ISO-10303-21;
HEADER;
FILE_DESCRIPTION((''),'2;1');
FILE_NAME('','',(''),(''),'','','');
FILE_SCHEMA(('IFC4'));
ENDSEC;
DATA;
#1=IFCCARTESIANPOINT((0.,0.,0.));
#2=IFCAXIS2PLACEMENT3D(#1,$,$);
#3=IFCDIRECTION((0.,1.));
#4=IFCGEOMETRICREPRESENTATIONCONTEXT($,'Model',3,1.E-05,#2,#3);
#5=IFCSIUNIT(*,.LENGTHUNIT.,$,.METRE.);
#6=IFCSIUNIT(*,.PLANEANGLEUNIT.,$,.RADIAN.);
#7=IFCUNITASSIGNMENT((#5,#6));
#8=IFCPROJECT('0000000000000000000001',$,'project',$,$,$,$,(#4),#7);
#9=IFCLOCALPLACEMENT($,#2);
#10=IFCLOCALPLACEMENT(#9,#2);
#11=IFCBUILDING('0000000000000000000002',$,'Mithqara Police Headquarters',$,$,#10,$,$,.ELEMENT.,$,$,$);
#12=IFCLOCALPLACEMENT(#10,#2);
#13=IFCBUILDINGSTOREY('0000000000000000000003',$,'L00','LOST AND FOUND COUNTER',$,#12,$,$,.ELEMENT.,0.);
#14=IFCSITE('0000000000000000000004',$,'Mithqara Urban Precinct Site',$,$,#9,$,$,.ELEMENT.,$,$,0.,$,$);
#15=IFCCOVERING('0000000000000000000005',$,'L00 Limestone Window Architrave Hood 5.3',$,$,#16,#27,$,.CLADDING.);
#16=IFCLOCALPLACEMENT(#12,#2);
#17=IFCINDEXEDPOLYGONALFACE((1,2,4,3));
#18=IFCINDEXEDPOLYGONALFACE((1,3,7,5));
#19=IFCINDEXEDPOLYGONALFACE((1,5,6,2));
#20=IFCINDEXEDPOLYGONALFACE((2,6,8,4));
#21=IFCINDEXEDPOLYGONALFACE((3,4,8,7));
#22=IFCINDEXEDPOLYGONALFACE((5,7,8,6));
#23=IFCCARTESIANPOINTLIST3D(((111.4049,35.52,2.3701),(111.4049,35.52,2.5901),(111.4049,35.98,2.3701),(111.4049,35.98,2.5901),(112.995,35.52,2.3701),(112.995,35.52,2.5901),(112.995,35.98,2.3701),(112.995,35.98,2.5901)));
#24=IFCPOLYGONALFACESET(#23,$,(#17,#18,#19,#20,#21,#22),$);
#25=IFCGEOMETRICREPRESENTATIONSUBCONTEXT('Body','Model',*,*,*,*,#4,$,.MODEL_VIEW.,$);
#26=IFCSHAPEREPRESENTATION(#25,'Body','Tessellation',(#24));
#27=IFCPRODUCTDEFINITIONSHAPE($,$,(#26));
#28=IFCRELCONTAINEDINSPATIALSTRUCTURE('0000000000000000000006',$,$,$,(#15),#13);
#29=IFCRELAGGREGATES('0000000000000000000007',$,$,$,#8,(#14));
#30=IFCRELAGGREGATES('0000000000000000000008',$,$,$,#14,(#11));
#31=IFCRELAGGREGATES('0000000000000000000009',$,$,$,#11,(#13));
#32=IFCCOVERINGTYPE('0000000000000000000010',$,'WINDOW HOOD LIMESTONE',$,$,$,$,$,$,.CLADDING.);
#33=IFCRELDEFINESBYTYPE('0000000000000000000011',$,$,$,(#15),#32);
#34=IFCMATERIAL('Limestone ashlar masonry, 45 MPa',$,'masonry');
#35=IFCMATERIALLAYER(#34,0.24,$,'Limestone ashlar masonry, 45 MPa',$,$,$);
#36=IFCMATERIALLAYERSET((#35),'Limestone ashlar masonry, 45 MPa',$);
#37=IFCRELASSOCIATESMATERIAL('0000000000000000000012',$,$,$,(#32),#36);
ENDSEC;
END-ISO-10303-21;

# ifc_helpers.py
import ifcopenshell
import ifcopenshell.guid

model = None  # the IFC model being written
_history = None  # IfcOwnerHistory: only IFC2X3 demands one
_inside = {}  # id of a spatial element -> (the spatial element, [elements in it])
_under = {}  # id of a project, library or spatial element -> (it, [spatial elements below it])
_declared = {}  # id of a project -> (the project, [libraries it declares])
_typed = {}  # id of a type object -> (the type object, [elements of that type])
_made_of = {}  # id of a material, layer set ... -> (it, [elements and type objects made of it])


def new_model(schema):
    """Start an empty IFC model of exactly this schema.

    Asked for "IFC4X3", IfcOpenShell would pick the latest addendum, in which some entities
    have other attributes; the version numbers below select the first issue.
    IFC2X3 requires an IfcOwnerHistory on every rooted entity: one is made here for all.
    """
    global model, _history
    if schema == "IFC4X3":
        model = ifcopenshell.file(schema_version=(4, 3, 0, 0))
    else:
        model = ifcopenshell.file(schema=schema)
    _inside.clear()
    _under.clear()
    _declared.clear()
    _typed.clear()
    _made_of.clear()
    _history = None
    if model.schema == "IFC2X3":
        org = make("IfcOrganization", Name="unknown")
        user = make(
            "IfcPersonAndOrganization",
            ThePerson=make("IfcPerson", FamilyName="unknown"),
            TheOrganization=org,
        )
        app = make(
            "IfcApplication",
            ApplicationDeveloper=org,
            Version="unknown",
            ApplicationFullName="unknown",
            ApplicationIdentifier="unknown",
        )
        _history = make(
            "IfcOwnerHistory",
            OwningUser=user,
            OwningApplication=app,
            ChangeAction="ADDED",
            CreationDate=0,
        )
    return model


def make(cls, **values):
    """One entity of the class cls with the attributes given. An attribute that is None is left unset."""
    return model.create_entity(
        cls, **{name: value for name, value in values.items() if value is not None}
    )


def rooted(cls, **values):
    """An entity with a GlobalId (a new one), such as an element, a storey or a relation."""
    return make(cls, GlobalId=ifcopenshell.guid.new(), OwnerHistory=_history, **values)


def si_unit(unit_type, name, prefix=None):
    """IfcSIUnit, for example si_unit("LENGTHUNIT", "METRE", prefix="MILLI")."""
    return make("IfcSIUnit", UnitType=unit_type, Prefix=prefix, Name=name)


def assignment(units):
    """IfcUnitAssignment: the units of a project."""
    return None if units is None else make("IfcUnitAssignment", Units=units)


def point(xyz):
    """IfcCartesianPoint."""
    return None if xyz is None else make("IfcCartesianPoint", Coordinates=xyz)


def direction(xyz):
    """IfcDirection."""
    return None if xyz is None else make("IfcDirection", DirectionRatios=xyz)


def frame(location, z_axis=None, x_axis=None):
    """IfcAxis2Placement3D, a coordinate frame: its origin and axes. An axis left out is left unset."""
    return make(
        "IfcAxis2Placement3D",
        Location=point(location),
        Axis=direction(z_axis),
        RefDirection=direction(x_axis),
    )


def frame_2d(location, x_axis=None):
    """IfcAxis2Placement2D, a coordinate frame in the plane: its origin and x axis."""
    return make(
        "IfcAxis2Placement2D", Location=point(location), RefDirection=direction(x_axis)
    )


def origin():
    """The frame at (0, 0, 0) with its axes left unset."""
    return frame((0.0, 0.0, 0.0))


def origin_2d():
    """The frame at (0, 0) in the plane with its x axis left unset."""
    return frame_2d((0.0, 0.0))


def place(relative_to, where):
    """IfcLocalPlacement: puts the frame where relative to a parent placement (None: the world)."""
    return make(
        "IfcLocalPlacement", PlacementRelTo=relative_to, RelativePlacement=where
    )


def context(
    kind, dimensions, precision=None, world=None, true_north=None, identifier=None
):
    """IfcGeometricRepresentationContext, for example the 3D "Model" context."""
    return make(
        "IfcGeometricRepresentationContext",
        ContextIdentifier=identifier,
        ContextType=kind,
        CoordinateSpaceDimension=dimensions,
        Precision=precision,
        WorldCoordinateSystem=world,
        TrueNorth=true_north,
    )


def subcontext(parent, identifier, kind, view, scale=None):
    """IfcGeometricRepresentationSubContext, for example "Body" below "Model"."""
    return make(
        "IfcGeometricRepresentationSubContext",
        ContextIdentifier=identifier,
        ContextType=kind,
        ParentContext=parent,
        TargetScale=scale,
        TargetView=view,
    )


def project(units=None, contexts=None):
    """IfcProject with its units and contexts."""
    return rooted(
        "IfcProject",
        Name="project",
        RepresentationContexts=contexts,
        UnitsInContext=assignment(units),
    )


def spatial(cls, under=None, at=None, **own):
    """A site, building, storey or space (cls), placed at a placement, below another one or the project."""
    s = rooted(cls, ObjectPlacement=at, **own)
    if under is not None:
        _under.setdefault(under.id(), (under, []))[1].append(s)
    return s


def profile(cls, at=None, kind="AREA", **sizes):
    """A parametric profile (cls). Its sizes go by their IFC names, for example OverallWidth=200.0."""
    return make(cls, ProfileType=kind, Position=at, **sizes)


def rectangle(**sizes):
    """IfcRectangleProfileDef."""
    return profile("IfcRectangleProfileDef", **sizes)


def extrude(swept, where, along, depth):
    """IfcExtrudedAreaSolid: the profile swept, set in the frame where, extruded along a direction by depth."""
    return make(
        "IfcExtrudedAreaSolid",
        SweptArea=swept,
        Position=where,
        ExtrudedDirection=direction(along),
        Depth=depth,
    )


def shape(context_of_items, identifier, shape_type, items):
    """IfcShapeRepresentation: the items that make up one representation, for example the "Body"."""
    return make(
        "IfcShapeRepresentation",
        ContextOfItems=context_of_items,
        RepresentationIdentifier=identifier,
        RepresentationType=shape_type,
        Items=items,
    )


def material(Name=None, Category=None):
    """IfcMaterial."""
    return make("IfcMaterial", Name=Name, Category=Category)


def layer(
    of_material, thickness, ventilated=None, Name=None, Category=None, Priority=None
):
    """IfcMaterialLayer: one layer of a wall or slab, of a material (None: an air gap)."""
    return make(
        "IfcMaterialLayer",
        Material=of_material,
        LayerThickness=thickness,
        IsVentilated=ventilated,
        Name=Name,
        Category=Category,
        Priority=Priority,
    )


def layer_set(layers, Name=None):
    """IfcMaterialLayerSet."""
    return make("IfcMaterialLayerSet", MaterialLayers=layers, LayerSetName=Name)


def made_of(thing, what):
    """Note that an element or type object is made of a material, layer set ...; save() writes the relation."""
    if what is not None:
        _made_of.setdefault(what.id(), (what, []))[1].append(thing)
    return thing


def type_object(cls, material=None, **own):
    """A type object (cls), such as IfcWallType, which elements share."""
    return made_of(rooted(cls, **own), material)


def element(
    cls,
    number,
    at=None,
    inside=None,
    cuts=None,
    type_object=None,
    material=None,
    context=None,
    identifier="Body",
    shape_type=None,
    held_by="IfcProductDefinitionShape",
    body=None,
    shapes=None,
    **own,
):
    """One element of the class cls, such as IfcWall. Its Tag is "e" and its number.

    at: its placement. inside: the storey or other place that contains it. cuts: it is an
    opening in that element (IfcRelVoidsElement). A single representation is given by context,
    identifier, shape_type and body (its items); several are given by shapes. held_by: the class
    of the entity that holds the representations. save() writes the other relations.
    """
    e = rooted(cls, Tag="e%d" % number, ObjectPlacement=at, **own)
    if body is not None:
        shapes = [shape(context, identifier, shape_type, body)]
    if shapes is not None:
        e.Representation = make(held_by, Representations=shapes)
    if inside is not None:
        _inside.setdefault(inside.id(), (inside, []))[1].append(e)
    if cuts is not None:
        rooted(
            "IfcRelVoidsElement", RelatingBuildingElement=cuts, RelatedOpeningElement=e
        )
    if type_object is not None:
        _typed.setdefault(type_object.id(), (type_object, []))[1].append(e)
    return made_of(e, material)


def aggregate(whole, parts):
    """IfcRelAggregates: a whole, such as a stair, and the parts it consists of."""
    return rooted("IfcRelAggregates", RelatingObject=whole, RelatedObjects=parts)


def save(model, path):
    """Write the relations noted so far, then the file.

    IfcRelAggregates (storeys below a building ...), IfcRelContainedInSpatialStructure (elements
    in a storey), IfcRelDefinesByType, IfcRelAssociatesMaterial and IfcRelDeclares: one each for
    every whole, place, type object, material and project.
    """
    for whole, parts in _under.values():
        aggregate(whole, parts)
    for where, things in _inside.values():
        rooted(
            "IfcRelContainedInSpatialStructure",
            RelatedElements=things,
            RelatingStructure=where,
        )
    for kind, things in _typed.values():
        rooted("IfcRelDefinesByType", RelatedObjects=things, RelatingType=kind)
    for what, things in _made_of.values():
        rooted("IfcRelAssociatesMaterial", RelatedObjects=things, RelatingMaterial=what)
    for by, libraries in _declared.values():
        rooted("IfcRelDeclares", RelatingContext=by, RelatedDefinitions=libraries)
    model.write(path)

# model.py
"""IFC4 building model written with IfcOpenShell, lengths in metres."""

from ifc_helpers import new_model, si_unit, direction, frame, origin, origin_2d, place, context, subcontext, project, spatial, rectangle, extrude, material, layer, layer_set, type_object, element, save


model = new_model("IFC4")

# Units and contexts
model_context = context("Model", 3, precision=1e-05, world=origin(), true_north=direction((0.0, 1.0)))
body_context = subcontext(model_context, "Body", "Model", "MODEL_VIEW")
ifc_project = project(units=[si_unit("LENGTHUNIT", "METRE"), si_unit("PLANEANGLEUNIT", "RADIAN")], contexts=[model_context])

# Site, building, storey
site_placement = place(None, origin())
site = spatial("IfcSite", under=ifc_project, at=site_placement, Name="Mithqara Urban Precinct Site", CompositionType="ELEMENT", RefElevation=0.0)
building_placement = place(site_placement, origin())
building = spatial("IfcBuilding", under=site, at=building_placement, Name="Mithqara Police Headquarters", CompositionType="ELEMENT")
storey_placement = place(building_placement, origin())
storey = spatial("IfcBuildingStorey", under=building, at=storey_placement, Name="L00", Description="LOST AND FOUND COUNTER", CompositionType="ELEMENT", Elevation=0.0)

# Shared definitions
ifc_material_1 = material(Name="Limestone ashlar masonry, 45 MPa", Category="masonry")

# Covering
ifc_layer_1 = layer(ifc_material_1, 0.24, Name="Limestone ashlar masonry, 45 MPa")
ifc_layer_set_1 = layer_set([ifc_layer_1], Name="Limestone ashlar masonry, 45 MPa")
covering_type = type_object("IfcCoveringType", Name="WINDOW HOOD LIMESTONE", PredefinedType="CLADDING", material=ifc_layer_set_1)
for number, where, z_axis, x_axis, name in (
    (1, (112.2, 35.75, 2.3701), (0.0, 0.0, 1.0), (1.0, 0.0, 0.0), "L00 Limestone Window Architrave Hood 5.3"),
):
    element("IfcCovering", number, at=place(storey_placement, frame(where, z_axis=z_axis, x_axis=x_axis)), inside=storey, type_object=covering_type, Name=name, PredefinedType="CLADDING", context=body_context, shape_type="SweptSolid", body=[
        extrude(rectangle(XDim=1.5901, YDim=0.46, at=origin_2d()), origin(), (0.0, 0.0, 1.0), 0.22),
    ])

save(model, "model.ifc")
